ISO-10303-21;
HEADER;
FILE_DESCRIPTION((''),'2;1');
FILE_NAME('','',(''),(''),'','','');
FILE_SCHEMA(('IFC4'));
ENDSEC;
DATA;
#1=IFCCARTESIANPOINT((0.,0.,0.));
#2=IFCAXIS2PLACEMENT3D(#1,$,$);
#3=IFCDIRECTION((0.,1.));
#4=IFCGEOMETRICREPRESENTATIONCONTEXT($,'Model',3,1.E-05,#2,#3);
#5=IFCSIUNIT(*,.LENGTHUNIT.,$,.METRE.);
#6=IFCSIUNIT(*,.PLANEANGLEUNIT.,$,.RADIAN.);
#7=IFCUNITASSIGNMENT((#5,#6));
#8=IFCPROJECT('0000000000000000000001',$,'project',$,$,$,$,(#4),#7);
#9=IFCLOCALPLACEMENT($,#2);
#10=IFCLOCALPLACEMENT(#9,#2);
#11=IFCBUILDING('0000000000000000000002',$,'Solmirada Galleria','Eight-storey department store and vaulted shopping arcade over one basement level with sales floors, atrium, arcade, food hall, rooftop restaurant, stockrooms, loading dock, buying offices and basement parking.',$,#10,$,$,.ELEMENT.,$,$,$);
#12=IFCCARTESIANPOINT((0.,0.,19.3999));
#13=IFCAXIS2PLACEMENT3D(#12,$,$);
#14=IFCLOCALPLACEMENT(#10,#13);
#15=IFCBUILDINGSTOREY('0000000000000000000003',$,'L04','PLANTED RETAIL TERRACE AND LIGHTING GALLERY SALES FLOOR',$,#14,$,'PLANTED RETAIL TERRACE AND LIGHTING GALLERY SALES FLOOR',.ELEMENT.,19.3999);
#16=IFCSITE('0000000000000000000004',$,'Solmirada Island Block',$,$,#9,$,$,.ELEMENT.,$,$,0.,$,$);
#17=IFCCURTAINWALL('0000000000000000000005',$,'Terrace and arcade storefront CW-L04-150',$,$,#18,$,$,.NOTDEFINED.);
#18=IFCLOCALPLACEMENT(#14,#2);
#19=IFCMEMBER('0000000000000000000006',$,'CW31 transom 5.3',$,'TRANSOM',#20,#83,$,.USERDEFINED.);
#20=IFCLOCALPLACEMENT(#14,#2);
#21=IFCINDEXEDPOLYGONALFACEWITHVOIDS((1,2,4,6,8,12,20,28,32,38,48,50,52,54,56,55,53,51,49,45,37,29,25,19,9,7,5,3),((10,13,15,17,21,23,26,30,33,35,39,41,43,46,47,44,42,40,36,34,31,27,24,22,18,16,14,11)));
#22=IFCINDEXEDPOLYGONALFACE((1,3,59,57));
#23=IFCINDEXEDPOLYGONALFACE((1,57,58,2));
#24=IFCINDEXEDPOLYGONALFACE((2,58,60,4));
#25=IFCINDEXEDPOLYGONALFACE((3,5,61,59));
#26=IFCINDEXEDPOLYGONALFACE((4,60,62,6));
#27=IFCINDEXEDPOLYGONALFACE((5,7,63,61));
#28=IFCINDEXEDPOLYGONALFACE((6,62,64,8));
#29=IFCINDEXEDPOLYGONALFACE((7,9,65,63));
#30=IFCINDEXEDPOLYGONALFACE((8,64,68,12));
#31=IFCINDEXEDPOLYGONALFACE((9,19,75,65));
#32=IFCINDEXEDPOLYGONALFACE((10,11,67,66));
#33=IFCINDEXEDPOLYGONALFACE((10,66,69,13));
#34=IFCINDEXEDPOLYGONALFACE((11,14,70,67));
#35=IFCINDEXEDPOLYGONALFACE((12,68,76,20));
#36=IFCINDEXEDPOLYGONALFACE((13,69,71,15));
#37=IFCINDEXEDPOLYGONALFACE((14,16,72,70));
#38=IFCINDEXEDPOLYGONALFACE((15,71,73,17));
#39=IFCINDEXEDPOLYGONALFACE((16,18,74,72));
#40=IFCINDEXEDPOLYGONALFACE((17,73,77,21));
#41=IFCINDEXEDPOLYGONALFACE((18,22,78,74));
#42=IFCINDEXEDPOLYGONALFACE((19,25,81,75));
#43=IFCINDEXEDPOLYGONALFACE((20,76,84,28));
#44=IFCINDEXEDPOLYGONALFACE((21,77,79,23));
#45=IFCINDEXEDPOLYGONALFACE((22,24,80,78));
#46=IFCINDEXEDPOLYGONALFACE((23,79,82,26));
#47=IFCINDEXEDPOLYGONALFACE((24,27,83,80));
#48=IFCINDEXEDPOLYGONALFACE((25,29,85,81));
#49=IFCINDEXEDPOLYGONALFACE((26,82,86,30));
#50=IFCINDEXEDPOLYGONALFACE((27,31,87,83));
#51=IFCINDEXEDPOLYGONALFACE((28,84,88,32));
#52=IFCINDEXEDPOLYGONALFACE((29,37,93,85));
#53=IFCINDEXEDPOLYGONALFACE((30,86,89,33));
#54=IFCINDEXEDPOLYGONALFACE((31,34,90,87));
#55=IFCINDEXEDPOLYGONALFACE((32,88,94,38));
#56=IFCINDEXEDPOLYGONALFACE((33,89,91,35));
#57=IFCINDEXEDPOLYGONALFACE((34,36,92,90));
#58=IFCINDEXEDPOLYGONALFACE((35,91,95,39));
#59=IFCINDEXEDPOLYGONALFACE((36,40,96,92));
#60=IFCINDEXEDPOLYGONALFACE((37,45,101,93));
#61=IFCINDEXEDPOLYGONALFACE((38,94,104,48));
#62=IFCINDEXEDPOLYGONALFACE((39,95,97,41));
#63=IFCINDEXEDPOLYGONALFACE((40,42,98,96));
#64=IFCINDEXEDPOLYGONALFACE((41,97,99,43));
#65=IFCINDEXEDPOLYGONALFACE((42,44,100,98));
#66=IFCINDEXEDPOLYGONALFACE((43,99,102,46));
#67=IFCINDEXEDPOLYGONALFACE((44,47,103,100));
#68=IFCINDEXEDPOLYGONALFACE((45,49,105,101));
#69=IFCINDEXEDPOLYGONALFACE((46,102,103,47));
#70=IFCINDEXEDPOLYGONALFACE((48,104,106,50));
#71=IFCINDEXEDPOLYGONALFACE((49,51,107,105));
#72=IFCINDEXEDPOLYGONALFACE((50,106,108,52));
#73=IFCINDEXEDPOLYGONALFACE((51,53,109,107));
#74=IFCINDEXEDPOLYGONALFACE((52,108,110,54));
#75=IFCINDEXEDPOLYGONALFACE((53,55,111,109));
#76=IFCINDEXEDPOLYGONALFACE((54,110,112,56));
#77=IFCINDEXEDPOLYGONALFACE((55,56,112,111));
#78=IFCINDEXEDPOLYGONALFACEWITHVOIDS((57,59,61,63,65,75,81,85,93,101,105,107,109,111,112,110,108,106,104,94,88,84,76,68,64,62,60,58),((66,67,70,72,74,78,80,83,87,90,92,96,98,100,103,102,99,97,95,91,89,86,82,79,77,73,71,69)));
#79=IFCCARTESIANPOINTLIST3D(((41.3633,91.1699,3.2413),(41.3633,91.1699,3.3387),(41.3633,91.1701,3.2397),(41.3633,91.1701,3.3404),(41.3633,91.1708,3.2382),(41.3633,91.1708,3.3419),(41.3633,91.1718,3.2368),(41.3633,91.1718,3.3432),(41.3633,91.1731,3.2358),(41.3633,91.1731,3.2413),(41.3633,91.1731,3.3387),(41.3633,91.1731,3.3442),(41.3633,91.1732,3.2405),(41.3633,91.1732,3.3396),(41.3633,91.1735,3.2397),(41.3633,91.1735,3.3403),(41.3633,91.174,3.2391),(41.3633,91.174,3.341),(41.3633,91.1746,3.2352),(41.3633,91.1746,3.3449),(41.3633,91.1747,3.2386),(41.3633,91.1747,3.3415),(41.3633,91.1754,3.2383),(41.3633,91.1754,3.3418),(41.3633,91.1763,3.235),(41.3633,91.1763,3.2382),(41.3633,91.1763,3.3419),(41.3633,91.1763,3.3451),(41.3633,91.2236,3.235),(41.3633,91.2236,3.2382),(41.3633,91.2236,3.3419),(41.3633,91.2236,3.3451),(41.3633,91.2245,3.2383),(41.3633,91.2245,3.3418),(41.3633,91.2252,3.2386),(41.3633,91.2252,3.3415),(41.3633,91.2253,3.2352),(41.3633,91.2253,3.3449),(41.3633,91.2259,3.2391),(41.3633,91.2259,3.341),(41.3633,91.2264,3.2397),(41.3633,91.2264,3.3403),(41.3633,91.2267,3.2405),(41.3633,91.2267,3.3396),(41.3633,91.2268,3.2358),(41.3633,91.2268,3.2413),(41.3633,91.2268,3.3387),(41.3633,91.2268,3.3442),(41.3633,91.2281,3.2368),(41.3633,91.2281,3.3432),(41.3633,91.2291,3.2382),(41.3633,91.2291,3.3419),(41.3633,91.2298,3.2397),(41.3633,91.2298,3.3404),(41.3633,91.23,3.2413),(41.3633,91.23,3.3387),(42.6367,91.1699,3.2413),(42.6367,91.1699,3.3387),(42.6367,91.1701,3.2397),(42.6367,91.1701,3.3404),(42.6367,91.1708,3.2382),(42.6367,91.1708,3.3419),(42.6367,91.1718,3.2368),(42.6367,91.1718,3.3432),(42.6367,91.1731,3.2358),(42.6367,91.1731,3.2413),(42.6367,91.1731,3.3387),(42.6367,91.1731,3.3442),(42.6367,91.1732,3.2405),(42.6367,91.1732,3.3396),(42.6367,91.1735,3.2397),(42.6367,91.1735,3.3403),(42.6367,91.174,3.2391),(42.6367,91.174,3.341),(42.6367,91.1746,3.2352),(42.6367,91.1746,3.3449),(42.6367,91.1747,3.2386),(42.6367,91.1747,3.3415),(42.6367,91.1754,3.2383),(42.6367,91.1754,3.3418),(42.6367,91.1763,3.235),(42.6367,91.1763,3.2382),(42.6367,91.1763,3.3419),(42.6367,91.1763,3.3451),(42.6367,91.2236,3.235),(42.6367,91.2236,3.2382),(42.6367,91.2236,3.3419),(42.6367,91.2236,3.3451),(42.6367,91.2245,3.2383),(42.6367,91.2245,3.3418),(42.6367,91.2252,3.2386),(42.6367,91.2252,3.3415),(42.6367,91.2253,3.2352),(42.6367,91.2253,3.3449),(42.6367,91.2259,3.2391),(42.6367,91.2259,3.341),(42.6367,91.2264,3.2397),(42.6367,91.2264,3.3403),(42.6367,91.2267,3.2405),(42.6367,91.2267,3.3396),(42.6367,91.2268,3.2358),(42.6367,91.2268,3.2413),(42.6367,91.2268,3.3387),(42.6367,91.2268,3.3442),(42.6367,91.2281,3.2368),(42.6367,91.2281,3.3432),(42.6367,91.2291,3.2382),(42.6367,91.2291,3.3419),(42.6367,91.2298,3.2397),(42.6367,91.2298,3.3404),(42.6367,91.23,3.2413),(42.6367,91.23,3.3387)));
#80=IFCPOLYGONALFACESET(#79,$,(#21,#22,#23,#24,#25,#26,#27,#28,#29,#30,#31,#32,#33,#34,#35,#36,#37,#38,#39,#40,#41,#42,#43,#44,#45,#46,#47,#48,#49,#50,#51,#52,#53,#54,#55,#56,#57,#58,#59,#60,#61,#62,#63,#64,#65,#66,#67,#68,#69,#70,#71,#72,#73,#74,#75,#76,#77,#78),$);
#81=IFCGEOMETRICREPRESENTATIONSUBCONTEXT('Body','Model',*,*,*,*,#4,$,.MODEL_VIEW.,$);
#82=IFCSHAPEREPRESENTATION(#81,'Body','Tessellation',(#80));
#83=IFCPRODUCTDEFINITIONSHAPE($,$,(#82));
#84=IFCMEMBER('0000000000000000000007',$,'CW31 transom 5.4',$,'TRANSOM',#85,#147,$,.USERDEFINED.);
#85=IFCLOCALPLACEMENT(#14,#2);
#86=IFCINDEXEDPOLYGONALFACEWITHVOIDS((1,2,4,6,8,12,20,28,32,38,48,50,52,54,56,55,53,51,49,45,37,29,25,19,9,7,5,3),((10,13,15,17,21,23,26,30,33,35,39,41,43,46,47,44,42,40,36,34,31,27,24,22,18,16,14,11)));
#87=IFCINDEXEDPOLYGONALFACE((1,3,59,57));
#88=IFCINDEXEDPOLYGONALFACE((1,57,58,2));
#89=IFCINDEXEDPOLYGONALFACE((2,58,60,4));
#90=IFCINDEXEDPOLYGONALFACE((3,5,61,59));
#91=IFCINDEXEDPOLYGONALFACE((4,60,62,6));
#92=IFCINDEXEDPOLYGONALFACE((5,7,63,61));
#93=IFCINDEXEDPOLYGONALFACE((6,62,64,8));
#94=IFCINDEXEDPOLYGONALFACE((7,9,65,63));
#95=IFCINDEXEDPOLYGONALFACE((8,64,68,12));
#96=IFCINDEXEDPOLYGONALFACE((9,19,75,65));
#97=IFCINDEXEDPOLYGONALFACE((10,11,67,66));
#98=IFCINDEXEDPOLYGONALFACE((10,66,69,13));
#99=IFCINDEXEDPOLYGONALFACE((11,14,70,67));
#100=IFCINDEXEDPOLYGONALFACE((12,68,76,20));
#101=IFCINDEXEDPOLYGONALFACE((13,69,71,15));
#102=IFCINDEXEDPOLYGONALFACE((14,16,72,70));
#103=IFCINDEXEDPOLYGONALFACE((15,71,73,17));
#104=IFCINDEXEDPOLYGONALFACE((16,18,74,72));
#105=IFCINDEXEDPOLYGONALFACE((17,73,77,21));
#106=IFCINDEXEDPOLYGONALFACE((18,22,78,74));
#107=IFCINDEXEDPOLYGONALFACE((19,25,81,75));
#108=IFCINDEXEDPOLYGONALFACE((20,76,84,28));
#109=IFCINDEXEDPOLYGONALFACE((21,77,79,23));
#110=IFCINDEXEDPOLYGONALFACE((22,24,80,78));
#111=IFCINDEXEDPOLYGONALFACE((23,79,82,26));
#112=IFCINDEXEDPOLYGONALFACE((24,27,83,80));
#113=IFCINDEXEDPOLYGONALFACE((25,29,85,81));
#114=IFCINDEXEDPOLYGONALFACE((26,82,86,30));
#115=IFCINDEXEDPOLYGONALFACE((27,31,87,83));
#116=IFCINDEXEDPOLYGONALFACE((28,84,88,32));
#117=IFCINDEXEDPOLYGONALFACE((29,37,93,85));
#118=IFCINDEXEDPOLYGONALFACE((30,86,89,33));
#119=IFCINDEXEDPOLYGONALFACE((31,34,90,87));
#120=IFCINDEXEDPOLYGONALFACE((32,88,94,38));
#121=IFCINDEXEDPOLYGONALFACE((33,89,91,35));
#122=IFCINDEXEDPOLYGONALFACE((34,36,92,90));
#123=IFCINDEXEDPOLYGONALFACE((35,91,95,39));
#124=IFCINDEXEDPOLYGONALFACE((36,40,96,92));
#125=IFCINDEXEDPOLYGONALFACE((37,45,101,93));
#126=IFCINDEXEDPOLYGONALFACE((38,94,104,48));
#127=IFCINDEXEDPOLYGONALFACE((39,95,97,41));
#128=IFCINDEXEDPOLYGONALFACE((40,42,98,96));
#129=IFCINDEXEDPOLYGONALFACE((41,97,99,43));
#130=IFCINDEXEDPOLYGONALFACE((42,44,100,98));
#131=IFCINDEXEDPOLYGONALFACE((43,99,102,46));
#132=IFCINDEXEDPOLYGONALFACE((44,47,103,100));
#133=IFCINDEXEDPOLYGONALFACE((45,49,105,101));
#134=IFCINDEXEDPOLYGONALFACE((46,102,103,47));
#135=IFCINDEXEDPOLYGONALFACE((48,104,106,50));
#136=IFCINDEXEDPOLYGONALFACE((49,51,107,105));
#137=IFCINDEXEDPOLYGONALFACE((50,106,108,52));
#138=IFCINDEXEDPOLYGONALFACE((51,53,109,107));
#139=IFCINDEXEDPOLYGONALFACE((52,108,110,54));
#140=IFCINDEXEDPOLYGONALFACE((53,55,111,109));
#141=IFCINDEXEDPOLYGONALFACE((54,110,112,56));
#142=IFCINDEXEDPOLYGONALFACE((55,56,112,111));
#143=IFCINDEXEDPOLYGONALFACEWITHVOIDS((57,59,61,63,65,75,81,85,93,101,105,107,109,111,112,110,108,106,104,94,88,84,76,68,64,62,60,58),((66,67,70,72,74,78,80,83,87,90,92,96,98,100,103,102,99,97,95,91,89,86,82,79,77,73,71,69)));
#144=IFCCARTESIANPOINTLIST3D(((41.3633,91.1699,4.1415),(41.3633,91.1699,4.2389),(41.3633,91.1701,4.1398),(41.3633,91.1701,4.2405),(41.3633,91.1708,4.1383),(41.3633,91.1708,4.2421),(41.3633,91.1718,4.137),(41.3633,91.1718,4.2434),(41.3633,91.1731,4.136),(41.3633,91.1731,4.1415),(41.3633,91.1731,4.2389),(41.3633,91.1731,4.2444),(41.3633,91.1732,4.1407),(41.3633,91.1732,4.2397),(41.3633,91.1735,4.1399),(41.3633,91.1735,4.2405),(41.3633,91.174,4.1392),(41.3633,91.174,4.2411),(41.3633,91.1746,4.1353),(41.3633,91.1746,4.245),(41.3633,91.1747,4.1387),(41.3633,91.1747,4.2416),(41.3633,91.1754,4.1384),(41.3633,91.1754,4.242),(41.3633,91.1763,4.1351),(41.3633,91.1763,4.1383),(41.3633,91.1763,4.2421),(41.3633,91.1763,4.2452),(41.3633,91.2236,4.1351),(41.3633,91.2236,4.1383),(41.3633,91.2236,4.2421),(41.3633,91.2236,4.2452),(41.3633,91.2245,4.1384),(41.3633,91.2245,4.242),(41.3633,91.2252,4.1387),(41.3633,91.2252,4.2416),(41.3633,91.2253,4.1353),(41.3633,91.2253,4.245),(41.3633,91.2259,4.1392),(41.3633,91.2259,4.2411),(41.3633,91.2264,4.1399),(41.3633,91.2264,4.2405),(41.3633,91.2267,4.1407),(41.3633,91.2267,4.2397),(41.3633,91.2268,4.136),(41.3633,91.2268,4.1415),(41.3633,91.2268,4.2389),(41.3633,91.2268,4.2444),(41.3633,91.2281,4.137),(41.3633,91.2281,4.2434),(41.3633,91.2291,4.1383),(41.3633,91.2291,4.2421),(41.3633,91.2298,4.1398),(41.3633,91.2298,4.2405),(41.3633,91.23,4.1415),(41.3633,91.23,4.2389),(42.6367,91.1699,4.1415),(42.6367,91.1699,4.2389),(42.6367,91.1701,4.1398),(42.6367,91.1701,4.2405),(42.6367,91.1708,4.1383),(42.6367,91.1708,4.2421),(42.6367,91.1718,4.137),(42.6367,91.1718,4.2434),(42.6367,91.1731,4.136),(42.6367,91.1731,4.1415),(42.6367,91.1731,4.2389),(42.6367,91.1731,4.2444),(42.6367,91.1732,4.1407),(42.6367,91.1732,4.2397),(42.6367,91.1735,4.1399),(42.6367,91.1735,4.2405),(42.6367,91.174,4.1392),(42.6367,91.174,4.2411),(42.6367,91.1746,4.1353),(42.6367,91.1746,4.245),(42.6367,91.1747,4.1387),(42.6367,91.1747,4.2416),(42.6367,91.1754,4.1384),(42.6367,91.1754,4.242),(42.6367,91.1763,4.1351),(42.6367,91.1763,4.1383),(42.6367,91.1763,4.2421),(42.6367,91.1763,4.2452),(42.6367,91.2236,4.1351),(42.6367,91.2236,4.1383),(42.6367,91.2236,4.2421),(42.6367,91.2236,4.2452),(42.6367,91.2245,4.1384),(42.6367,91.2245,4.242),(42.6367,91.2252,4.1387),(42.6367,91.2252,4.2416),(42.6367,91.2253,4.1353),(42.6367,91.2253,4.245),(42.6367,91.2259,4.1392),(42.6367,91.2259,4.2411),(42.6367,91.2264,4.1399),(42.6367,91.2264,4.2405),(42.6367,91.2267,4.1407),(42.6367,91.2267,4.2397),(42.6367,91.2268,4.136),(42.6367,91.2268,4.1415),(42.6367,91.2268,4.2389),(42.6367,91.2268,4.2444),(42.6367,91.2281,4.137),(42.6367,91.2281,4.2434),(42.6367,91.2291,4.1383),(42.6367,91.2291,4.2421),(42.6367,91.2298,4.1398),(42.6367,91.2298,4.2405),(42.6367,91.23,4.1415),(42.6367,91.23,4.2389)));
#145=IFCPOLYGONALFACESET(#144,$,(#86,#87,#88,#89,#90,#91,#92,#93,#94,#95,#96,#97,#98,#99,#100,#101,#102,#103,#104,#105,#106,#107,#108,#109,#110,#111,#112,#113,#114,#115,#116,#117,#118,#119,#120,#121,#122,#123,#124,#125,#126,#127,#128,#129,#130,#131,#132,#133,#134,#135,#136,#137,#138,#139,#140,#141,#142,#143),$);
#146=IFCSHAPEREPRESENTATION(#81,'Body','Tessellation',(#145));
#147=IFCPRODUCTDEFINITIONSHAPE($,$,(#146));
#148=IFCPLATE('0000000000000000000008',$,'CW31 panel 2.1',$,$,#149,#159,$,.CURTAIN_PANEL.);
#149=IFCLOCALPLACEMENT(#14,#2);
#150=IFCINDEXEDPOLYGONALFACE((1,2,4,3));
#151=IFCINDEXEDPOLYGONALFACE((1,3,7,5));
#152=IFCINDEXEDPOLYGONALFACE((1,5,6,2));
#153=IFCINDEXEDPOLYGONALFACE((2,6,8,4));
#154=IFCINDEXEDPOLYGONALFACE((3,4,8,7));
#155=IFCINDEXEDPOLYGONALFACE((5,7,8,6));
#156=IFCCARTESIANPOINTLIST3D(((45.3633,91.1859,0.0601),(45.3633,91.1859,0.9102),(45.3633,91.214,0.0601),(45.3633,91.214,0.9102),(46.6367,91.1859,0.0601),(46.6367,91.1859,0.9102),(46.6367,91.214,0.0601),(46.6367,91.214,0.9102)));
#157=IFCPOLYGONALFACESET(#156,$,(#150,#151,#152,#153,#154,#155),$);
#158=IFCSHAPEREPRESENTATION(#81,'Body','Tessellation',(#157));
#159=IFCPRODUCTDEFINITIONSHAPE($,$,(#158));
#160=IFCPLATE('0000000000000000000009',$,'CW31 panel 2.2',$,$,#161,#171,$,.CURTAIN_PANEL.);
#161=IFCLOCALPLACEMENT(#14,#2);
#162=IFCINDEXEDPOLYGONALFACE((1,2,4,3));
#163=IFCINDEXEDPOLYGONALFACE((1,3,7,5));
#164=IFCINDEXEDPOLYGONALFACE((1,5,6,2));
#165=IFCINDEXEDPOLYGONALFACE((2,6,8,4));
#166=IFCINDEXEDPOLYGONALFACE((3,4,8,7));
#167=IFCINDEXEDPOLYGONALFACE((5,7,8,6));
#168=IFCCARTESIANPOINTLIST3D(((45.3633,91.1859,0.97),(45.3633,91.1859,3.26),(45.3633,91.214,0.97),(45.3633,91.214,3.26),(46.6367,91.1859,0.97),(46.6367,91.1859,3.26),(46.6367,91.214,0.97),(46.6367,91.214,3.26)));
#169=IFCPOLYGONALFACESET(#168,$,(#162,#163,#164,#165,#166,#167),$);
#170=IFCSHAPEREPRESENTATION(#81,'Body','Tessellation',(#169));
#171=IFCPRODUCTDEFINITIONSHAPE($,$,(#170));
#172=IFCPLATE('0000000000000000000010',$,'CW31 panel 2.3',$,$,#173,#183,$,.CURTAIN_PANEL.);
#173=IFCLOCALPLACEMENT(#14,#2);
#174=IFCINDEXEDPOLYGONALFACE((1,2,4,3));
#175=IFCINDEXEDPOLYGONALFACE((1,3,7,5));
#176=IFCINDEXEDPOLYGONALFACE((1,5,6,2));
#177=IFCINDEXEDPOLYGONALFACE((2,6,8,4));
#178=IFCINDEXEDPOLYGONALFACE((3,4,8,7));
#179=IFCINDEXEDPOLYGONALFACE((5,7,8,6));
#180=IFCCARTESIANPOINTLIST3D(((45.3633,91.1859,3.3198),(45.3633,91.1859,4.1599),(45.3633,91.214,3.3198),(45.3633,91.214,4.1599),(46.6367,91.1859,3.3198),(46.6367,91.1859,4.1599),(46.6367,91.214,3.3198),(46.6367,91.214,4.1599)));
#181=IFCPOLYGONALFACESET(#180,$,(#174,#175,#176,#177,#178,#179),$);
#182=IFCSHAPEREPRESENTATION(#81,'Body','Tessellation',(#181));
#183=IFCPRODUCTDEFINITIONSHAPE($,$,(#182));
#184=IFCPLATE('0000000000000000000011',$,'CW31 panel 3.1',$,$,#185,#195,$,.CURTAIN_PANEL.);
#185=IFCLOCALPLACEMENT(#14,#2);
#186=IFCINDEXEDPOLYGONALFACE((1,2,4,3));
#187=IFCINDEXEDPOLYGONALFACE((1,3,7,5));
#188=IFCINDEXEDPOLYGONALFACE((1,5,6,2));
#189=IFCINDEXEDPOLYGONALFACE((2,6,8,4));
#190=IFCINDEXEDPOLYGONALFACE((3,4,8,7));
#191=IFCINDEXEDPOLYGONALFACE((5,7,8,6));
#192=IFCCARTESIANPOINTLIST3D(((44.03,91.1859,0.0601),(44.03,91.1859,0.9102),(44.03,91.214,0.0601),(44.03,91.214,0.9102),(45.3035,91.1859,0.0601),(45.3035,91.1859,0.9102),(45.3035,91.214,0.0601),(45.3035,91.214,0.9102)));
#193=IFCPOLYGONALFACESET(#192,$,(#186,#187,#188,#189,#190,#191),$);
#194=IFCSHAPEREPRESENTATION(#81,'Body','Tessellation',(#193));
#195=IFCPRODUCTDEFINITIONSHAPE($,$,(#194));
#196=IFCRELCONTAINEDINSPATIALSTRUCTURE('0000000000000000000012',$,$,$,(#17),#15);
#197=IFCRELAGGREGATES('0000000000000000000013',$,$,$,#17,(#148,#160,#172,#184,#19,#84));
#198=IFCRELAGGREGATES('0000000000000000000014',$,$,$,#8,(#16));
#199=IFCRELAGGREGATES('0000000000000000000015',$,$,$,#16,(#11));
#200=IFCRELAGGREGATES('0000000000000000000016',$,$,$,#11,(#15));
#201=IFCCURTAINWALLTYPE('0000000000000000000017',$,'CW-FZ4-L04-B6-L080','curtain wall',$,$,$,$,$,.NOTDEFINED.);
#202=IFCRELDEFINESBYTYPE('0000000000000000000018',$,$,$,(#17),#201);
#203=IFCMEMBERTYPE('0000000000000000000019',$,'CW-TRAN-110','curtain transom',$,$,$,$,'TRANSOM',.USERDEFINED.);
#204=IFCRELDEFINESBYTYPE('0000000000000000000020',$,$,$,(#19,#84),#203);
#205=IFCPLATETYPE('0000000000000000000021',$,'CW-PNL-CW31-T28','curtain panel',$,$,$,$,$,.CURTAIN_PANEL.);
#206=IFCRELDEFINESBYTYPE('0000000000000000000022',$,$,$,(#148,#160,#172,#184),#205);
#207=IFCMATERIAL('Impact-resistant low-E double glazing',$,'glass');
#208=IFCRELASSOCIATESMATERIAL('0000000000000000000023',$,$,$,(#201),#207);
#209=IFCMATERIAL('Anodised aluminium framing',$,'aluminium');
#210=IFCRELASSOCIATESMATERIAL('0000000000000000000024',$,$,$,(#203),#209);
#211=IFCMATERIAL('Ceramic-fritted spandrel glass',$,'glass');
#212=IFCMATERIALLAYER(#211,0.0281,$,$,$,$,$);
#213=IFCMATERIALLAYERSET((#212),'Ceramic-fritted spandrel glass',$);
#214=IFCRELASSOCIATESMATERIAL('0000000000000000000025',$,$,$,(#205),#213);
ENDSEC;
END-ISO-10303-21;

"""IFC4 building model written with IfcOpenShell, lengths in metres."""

from ifc_helpers import new_model, si_unit, direction, frame, origin, origin_2d, place, context, subcontext, project, spatial, rectangle, hollow_rectangle, extrude, material, layer, layer_set, material_profile, profile_set, type_object, element, aggregate, save


model = new_model("IFC4")

# Units and contexts
model_context = context("Model", 3, precision=1e-05, world=origin(), true_north=direction((0.0, 1.0)))
body_context = subcontext(model_context, "Body", "Model", "MODEL_VIEW")
ifc_project = project(units=[si_unit("LENGTHUNIT", "METRE"), si_unit("PLANEANGLEUNIT", "RADIAN")], contexts=[model_context])

# Site, building, storey
site_placement = place(None, origin())
site = spatial("IfcSite", under=ifc_project, at=site_placement, Name="Solmirada Island Block", CompositionType="ELEMENT", RefElevation=0.0)
building_placement = place(site_placement, origin())
building = spatial("IfcBuilding", under=site, at=building_placement, Name="Solmirada Galleria", Description="Eight-storey department store and vaulted shopping arcade over one basement level with sales floors, atrium, arcade, food hall, rooftop restaurant, stockrooms, loading dock, buying offices and basement parking.", CompositionType="ELEMENT")
storey_placement = place(building_placement, frame((0.0, 0.0, 19.3999)))
storey = spatial("IfcBuildingStorey", under=building, at=storey_placement, Name="L04", Description="PLANTED RETAIL TERRACE AND LIGHTING GALLERY SALES FLOOR", LongName="PLANTED RETAIL TERRACE AND LIGHTING GALLERY SALES FLOOR", CompositionType="ELEMENT", Elevation=19.3999)

# Curtain wall, members, plates
ifc_material_1 = material(Name="Impact-resistant low-E double glazing", Category="glass")
curtain_wall_type = type_object("IfcCurtainWallType", Name="CW-FZ4-L04-B6-L080", Description="curtain wall", PredefinedType="NOTDEFINED", material=ifc_material_1)
curtain_wall_placement = place(storey_placement, origin())
curtain_wall = element("IfcCurtainWall", 1, at=curtain_wall_placement, inside=storey, type_object=curtain_wall_type, Name="Terrace and arcade storefront CW-L04-150", PredefinedType="NOTDEFINED")
ifc_material_2 = material(Name="Anodised aluminium framing", Category="aluminium")
ifc_material_profile_1 = material_profile(ifc_material_2, hollow_rectangle(XDim=0.0601, YDim=0.1101, WallThickness=0.0032, InnerFilletRadius=0.0032, OuterFilletRadius=0.0063, at=origin_2d()), Name="ALU-TRAN-110X60")
ifc_profile_set_1 = profile_set([ifc_material_profile_1], Name="Anodised aluminium framing")
member_type_1 = type_object("IfcMemberType", Name="CW-TRAN-110", Description="curtain transom", ElementType="TRANSOM", PredefinedType="USERDEFINED", material=ifc_profile_set_1)
member_1_placement = place(storey_placement, frame((42.6367, 91.2, 3.29), z_axis=(-1.0, 0.0, 0.0), x_axis=(0.0, -1.0, 0.0)))
member_1 = element("IfcMember", 2, at=member_1_placement, type_object=member_type_1, Name="CW31 transom 5.3", ObjectType="TRANSOM", PredefinedType="USERDEFINED", context=body_context, shape_type="SweptSolid", body=[
    extrude(hollow_rectangle(XDim=0.0601, YDim=0.1101, WallThickness=0.0032, InnerFilletRadius=0.0032, OuterFilletRadius=0.0063, at=origin_2d()), origin(), (0.0, 0.0, 1.0), 1.2734),
])
member_2_placement = place(storey_placement, frame((42.6367, 91.2, 4.1902), z_axis=(-1.0, 0.0, 0.0), x_axis=(0.0, -1.0, 0.0)))
member_2 = element("IfcMember", 3, at=member_2_placement, type_object=member_type_1, Name="CW31 transom 5.4", ObjectType="TRANSOM", PredefinedType="USERDEFINED", context=body_context, shape_type="SweptSolid", body=[
    extrude(hollow_rectangle(XDim=0.0601, YDim=0.1101, WallThickness=0.0032, InnerFilletRadius=0.0032, OuterFilletRadius=0.0063, at=origin_2d()), origin(), (0.0, 0.0, 1.0), 1.2734),
])
ifc_material_3 = material(Name="Ceramic-fritted spandrel glass", Category="glass")
ifc_layer = layer(ifc_material_3, 0.0281)
ifc_layer_set = layer_set([ifc_layer], Name="Ceramic-fritted spandrel glass")
plate_type = type_object("IfcPlateType", Name="CW-PNL-CW31-T28", Description="curtain panel", PredefinedType="CURTAIN_PANEL", material=ifc_layer_set)
plate_1_placement = place(storey_placement, frame((46.0, 91.2, 0.0601), z_axis=(0.0, 0.0, 1.0), x_axis=(-1.0, 0.0, 0.0)))
plate_1 = element("IfcPlate", 4, at=plate_1_placement, type_object=plate_type, Name="CW31 panel 2.1", PredefinedType="CURTAIN_PANEL", context=body_context, shape_type="SweptSolid", body=[
    extrude(rectangle(XDim=1.2734, YDim=0.0281, at=origin_2d()), origin(), (0.0, 0.0, 1.0), 0.8501),
])
plate_2_placement = place(storey_placement, frame((46.0, 91.2, 0.97), z_axis=(0.0, 0.0, 1.0), x_axis=(-1.0, 0.0, 0.0)))
plate_2 = element("IfcPlate", 5, at=plate_2_placement, type_object=plate_type, Name="CW31 panel 2.2", PredefinedType="CURTAIN_PANEL", context=body_context, shape_type="SweptSolid", body=[
    extrude(rectangle(XDim=1.2734, YDim=0.0281, at=origin_2d()), origin(), (0.0, 0.0, 1.0), 2.29),
])
plate_3_placement = place(storey_placement, frame((46.0, 91.2, 3.3198), z_axis=(0.0, 0.0, 1.0), x_axis=(-1.0, 0.0, 0.0)))
plate_3 = element("IfcPlate", 6, at=plate_3_placement, type_object=plate_type, Name="CW31 panel 2.3", PredefinedType="CURTAIN_PANEL", context=body_context, shape_type="SweptSolid", body=[
    extrude(rectangle(XDim=1.2734, YDim=0.0281, at=origin_2d()), origin(), (0.0, 0.0, 1.0), 0.8401),
])
plate_4_placement = place(storey_placement, frame((44.6667, 91.2, 0.0601), z_axis=(0.0, 0.0, 1.0), x_axis=(-1.0, 0.0, 0.0)))
plate_4 = element("IfcPlate", 7, at=plate_4_placement, type_object=plate_type, Name="CW31 panel 3.1", PredefinedType="CURTAIN_PANEL", context=body_context, shape_type="SweptSolid", body=[
    extrude(rectangle(XDim=1.2734, YDim=0.0281, at=origin_2d()), origin(), (0.0, 0.0, 1.0), 0.8501),
])
aggregate(curtain_wall, [plate_1, plate_2, plate_3, plate_4, member_1, member_2])

save(model, "model.ifc")
